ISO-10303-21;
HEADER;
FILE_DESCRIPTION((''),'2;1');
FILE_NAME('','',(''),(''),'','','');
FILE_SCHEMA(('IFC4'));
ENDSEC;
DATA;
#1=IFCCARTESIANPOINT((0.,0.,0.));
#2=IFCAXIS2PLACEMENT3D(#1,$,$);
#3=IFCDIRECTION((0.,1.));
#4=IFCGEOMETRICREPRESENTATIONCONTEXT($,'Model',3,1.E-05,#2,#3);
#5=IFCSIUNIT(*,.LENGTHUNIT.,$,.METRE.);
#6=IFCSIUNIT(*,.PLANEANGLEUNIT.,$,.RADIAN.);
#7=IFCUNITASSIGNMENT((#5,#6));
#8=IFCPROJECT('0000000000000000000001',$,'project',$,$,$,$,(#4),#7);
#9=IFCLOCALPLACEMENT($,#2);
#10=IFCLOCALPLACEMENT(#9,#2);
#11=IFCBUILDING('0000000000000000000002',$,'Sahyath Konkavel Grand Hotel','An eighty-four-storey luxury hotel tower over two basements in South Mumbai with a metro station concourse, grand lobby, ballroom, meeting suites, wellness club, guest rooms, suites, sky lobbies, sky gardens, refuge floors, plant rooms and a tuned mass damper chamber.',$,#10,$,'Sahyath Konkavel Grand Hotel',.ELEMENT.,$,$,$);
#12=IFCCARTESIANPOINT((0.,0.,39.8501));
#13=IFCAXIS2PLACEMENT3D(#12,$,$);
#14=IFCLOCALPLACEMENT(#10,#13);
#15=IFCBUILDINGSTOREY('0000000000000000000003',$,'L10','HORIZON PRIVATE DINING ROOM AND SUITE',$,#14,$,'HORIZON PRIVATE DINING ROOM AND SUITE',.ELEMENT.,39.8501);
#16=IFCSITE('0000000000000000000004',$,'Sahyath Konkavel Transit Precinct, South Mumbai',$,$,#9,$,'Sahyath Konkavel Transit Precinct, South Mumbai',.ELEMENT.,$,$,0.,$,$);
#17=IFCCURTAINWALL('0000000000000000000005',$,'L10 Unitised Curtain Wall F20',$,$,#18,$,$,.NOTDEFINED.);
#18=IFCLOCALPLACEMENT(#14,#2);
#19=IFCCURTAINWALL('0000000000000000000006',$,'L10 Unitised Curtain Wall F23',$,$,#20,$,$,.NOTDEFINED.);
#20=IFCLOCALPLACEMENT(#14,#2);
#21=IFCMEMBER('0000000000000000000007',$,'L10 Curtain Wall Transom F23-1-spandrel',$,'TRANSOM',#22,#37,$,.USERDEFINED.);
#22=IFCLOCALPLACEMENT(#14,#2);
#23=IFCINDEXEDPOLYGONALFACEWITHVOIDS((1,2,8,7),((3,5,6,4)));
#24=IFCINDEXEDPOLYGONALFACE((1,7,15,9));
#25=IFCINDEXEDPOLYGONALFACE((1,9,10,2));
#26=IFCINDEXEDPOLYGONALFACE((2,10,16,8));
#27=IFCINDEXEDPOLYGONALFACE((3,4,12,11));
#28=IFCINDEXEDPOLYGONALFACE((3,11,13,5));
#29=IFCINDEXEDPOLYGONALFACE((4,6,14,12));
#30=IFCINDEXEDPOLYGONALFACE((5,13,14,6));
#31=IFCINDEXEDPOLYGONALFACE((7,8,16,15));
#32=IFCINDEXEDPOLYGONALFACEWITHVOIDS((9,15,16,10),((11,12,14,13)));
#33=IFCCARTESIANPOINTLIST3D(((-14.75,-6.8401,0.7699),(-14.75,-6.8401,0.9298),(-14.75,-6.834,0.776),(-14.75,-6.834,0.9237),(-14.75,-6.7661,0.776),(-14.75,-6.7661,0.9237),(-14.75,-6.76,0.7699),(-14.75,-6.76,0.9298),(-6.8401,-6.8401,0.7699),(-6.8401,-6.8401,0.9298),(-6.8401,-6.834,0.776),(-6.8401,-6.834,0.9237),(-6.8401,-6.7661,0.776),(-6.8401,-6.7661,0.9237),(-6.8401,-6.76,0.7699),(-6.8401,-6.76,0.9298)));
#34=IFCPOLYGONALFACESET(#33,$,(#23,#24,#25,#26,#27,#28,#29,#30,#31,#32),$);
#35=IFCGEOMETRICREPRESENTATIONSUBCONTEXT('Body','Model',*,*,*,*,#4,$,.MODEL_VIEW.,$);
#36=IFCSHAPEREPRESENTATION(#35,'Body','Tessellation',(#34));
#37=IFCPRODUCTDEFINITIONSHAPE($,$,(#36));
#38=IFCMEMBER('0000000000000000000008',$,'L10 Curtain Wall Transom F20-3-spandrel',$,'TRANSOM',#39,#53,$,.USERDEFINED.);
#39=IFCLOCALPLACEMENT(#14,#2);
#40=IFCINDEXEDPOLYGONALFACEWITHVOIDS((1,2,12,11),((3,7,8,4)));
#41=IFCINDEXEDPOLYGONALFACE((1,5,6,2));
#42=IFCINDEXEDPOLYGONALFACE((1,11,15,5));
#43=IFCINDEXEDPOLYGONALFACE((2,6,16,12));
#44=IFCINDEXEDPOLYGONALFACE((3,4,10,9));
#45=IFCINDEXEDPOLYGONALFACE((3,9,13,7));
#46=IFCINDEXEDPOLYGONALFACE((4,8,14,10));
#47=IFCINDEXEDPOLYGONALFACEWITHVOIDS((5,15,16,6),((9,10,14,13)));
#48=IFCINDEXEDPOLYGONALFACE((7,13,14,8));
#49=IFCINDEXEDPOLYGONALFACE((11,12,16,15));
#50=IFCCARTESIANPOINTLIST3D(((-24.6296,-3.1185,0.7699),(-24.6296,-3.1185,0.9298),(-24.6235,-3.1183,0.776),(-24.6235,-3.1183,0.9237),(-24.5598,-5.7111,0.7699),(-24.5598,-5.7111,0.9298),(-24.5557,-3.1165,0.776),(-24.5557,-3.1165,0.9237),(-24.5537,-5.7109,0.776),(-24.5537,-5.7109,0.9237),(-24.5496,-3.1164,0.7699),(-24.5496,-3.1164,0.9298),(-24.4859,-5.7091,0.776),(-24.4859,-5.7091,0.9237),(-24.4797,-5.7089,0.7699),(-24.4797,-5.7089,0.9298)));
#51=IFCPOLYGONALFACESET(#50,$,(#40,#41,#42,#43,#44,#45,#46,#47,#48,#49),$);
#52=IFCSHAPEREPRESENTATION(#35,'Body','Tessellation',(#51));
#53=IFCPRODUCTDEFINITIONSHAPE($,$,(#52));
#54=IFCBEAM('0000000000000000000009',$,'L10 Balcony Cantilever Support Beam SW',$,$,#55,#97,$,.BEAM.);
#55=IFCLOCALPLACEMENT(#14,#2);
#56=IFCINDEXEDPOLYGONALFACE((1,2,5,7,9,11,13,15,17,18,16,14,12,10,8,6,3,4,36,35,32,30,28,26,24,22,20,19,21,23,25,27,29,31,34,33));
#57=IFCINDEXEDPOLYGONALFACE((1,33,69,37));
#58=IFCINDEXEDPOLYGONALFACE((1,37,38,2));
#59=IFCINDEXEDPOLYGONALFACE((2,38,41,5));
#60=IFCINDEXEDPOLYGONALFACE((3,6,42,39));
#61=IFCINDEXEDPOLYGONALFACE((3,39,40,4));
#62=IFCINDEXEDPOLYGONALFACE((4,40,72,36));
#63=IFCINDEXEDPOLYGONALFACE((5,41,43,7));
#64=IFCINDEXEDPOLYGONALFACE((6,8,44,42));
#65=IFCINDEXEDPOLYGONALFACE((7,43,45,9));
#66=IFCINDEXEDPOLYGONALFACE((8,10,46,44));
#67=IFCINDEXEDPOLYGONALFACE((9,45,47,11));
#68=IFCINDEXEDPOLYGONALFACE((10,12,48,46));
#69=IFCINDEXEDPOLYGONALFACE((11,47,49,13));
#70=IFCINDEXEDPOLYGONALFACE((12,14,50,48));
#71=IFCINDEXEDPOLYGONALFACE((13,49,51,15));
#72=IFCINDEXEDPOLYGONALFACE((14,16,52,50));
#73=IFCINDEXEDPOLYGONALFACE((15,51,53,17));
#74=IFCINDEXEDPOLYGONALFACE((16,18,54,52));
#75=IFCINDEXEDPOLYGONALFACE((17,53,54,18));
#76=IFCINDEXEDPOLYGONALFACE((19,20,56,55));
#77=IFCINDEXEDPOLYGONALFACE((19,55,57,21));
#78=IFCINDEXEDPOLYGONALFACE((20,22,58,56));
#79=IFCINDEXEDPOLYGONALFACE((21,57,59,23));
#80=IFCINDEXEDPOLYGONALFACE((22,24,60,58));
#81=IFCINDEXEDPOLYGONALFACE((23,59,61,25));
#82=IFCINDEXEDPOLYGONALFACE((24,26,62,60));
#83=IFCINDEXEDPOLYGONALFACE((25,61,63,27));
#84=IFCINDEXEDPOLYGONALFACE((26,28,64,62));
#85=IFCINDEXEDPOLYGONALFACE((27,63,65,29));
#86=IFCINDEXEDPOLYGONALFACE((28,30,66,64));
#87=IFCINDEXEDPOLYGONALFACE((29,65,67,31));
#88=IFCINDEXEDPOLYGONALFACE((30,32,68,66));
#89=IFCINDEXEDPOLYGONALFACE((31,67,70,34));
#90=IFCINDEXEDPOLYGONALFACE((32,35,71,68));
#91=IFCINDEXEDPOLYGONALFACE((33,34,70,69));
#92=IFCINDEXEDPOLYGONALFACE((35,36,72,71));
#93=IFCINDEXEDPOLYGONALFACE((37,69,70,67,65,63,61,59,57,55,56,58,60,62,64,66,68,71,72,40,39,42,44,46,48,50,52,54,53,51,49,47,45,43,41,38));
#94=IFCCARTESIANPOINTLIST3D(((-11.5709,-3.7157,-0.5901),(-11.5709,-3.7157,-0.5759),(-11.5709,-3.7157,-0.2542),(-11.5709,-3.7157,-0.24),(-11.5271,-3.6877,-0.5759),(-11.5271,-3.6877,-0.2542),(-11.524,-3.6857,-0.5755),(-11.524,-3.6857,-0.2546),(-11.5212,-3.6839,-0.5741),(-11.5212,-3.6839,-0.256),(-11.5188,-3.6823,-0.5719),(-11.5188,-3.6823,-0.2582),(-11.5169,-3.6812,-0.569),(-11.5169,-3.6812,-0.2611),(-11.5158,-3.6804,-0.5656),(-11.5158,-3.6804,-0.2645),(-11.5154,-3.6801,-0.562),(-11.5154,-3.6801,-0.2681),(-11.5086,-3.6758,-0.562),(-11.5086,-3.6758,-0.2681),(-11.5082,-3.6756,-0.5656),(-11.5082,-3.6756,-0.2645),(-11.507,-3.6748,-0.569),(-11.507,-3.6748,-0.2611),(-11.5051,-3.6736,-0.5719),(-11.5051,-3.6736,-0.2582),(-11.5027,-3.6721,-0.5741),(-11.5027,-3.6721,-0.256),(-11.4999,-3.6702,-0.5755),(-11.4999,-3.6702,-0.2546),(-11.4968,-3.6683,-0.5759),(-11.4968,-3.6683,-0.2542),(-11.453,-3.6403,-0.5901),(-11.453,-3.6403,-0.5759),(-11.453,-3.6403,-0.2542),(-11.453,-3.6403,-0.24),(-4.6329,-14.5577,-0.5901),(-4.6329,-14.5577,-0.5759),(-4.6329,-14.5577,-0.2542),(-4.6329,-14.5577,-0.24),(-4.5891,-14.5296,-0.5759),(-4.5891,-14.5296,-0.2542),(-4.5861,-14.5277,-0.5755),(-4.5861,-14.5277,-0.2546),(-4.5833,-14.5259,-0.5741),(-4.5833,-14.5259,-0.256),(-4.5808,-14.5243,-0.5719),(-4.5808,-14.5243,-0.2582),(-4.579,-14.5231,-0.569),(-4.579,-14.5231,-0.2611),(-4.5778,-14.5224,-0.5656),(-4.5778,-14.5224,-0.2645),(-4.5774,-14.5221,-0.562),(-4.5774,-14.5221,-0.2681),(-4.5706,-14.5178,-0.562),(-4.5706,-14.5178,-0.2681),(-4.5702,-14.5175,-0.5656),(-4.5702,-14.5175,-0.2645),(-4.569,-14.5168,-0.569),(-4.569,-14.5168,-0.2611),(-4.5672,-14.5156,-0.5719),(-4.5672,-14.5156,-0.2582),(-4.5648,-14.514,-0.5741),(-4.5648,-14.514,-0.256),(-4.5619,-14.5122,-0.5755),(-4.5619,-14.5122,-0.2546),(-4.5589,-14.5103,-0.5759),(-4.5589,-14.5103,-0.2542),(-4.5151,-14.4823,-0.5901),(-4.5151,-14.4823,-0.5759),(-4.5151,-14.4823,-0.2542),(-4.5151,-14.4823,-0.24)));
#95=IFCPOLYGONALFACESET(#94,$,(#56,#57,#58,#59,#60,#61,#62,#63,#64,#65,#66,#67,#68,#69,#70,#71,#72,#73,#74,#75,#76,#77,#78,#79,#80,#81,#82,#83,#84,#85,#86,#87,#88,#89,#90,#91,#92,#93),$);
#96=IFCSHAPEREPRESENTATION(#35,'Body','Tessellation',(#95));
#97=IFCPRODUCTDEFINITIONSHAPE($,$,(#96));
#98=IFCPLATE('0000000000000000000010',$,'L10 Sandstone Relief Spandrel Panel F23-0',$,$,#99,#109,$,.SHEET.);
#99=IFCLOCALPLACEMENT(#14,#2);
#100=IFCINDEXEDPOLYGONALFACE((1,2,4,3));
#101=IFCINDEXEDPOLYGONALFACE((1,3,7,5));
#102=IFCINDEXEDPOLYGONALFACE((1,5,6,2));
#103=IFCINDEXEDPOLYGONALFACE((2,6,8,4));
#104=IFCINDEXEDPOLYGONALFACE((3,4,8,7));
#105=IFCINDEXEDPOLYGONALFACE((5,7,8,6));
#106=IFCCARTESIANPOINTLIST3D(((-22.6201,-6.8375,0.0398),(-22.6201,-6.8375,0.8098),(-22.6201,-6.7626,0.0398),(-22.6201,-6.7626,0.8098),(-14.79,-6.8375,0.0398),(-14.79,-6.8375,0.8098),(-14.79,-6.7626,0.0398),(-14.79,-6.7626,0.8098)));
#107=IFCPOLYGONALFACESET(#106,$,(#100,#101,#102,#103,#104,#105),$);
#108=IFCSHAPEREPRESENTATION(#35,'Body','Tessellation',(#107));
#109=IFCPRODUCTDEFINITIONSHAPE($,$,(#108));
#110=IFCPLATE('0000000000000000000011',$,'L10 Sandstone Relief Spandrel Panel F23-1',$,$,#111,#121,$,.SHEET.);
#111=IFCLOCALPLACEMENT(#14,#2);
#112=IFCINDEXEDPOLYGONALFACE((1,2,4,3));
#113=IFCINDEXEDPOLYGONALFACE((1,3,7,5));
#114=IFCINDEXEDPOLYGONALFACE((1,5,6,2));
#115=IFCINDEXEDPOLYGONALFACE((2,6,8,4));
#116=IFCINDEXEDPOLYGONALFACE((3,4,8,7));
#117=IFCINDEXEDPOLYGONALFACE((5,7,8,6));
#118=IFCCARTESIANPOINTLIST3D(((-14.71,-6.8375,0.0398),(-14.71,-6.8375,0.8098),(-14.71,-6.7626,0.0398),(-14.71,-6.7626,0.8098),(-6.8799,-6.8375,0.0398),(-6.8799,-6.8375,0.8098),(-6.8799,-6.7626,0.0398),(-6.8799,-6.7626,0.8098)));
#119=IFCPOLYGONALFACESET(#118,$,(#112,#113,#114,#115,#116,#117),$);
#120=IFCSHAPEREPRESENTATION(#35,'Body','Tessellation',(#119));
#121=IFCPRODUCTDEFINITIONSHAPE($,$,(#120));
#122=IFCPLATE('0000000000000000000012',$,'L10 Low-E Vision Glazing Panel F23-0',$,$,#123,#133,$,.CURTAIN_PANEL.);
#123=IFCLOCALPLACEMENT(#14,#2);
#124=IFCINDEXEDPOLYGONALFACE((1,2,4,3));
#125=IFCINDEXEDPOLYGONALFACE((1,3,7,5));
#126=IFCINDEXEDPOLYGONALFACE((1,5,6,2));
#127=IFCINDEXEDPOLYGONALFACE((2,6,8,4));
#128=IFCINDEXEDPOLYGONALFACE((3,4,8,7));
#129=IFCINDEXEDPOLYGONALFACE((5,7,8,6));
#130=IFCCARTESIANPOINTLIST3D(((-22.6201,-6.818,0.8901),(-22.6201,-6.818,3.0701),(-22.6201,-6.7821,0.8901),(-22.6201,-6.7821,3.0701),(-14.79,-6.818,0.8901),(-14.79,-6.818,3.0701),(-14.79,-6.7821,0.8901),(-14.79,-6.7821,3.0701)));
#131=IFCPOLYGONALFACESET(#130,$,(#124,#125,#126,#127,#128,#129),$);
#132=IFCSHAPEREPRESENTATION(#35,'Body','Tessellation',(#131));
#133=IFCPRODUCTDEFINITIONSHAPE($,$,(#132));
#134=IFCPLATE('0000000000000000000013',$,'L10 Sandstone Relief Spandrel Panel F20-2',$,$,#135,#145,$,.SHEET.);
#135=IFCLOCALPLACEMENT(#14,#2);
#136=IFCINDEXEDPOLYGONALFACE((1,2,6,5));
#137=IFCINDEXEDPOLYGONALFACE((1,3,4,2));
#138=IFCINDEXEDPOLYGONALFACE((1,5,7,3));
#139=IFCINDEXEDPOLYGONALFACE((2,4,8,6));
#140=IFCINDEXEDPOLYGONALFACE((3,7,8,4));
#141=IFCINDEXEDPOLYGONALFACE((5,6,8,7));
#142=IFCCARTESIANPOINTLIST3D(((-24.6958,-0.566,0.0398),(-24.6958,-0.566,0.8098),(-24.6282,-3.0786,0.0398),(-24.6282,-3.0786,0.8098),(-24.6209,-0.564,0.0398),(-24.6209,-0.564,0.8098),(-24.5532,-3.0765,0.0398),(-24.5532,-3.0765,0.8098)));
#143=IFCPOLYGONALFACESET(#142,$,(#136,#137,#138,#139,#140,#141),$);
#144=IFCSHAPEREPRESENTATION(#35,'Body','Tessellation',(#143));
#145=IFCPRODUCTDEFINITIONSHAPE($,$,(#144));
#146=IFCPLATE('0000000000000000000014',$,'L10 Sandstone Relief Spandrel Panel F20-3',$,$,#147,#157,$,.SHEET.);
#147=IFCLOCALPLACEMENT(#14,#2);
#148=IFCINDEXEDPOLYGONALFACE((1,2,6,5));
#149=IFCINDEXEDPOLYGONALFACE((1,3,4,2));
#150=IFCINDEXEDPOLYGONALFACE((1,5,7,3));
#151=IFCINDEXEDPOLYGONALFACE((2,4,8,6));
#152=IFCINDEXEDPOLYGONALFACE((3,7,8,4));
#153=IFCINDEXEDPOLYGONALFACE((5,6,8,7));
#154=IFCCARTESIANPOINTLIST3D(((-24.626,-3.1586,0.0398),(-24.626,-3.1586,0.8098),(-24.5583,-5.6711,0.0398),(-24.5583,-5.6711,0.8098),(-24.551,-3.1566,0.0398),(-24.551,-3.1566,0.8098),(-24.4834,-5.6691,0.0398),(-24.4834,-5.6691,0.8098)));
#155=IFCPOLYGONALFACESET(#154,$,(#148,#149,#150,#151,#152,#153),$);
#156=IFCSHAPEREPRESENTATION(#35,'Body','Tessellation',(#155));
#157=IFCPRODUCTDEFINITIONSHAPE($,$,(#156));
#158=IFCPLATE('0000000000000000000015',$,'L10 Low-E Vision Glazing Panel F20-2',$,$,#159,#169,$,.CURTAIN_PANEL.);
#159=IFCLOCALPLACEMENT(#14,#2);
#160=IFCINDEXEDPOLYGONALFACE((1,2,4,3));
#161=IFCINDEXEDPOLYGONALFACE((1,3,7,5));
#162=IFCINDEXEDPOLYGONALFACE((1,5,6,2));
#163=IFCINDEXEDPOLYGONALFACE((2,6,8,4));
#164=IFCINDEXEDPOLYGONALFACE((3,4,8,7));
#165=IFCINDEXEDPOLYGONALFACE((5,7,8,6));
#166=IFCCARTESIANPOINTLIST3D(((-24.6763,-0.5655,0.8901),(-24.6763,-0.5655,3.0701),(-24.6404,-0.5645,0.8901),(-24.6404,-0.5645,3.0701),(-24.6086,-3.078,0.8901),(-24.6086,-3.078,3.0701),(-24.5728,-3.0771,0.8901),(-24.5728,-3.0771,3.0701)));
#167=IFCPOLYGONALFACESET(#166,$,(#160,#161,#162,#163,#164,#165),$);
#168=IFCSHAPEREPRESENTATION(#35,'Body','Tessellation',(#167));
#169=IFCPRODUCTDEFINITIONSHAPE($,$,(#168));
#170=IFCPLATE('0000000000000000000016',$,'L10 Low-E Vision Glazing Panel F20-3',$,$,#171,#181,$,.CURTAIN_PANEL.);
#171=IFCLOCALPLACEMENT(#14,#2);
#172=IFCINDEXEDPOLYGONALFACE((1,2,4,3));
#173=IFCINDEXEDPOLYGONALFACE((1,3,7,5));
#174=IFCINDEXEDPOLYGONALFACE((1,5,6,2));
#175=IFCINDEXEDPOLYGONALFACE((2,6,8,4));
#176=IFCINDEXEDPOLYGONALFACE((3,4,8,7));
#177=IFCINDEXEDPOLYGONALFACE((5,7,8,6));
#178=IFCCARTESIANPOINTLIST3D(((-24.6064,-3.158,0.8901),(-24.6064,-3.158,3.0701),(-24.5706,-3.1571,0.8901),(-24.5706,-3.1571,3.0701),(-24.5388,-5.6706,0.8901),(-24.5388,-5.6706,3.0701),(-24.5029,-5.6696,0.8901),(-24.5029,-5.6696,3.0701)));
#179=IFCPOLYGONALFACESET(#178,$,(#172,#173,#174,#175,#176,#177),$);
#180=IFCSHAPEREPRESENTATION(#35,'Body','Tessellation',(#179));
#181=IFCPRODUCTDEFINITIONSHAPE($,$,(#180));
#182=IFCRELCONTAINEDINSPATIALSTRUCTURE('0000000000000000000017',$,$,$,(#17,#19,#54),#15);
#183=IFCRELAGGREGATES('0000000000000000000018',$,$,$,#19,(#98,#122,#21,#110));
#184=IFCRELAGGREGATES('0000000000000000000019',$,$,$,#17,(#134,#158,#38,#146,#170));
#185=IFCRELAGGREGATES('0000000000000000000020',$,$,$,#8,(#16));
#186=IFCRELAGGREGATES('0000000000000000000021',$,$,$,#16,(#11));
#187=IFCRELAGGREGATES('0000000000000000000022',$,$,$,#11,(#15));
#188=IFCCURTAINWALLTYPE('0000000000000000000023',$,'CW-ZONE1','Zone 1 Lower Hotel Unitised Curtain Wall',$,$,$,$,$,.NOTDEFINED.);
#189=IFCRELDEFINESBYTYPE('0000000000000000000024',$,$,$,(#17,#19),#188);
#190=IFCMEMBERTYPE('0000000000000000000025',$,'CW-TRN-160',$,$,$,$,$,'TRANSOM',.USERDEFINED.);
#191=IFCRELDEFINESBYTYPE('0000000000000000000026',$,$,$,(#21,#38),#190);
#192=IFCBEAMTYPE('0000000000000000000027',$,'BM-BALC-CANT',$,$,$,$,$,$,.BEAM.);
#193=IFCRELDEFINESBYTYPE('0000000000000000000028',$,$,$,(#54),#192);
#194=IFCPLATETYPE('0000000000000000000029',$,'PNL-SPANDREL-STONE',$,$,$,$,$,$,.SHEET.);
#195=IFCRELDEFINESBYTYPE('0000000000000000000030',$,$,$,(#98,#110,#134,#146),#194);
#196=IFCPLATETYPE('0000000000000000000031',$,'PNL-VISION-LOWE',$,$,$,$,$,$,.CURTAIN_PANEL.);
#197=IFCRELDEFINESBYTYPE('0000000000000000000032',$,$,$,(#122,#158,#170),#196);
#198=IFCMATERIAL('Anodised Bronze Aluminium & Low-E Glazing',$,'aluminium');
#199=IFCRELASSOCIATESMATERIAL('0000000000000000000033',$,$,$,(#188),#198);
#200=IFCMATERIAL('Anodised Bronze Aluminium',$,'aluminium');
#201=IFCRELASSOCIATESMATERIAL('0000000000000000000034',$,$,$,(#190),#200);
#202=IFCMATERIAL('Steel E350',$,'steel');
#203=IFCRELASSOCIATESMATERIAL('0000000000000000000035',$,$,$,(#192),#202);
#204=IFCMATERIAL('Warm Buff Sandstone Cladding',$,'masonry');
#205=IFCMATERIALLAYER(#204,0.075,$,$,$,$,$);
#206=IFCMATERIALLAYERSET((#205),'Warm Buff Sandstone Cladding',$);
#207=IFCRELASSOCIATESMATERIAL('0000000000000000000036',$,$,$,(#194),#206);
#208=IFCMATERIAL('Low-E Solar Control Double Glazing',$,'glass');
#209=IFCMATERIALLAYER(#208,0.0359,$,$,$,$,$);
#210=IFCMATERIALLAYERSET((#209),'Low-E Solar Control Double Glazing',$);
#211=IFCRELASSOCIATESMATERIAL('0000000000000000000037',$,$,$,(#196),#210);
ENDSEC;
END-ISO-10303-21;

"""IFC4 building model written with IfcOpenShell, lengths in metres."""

from ifc_helpers import new_model, si_unit, direction, frame, origin, origin_2d, place, context, subcontext, project, spatial, rectangle, hollow_rectangle, i_section, extrude, source, transform, mapped, material, layer, layer_set, material_profile, profile_set, type_object, element, aggregate, save


model = new_model("IFC4")

# Units and contexts
model_context = context("Model", 3, precision=1e-05, world=origin(), true_north=direction((0.0, 1.0)))
body_context = subcontext(model_context, "Body", "Model", "MODEL_VIEW")
ifc_project = project(units=[si_unit("LENGTHUNIT", "METRE"), si_unit("PLANEANGLEUNIT", "RADIAN")], contexts=[model_context])

# Site, building, storey
site_placement = place(None, origin())
site = spatial("IfcSite", under=ifc_project, at=site_placement, Name="Sahyath Konkavel Transit Precinct, South Mumbai", LongName="Sahyath Konkavel Transit Precinct, South Mumbai", CompositionType="ELEMENT", RefElevation=0.0)
building_placement = place(site_placement, origin())
building = spatial("IfcBuilding", under=site, at=building_placement, Name="Sahyath Konkavel Grand Hotel", Description="An eighty-four-storey luxury hotel tower over two basements in South Mumbai with a metro station concourse, grand lobby, ballroom, meeting suites, wellness club, guest rooms, suites, sky lobbies, sky gardens, refuge floors, plant rooms and a tuned mass damper chamber.", LongName="Sahyath Konkavel Grand Hotel", CompositionType="ELEMENT")
storey_placement = place(building_placement, frame((0.0, 0.0, 39.8501)))
storey = spatial("IfcBuildingStorey", under=building, at=storey_placement, Name="L10", Description="HORIZON PRIVATE DINING ROOM AND SUITE", LongName="HORIZON PRIVATE DINING ROOM AND SUITE", CompositionType="ELEMENT", Elevation=39.8501)

# Shared definitions
ifc_material_1 = material(Name="Steel E350", Category="steel")

# Curtain walls
ifc_material_2 = material(Name="Anodised Bronze Aluminium & Low-E Glazing", Category="aluminium")
curtain_wall_type = type_object("IfcCurtainWallType", Name="CW-ZONE1", Description="Zone 1 Lower Hotel Unitised Curtain Wall", PredefinedType="NOTDEFINED", material=ifc_material_2)
curtain_wall_1_placement = place(storey_placement, origin())
curtain_wall_1 = element("IfcCurtainWall", 1, at=curtain_wall_1_placement, inside=storey, type_object=curtain_wall_type, Name="L10 Unitised Curtain Wall F20", PredefinedType="NOTDEFINED")
ifc_material_3 = material(Name="Anodised Bronze Aluminium", Category="aluminium")
curtain_wall_2_placement = place(storey_placement, origin())
curtain_wall_2 = element("IfcCurtainWall", 2, at=curtain_wall_2_placement, inside=storey, type_object=curtain_wall_type, Name="L10 Unitised Curtain Wall F23", PredefinedType="NOTDEFINED")

# Members
ifc_material_profile_1 = material_profile(ifc_material_3, hollow_rectangle(XDim=0.0801, YDim=0.1599, WallThickness=0.0061, at=origin_2d()), Name="RHS 160x80x6")
ifc_profile_set_1 = profile_set([ifc_material_profile_1], Name="Anodised Bronze Aluminium")
member_type_1 = type_object("IfcMemberType", Name="CW-TRN-160", ElementType="TRANSOM", PredefinedType="USERDEFINED", material=ifc_profile_set_1)
shared_shape_1 = source(origin(), body_context, "Body", "SweptSolid", [
    extrude(hollow_rectangle(XDim=0.0801, YDim=0.1599, WallThickness=0.0061, at=origin_2d()), origin(), (0.0, 0.0, 1.0), 7.9099),
])
member_1_placement = place(storey_placement, frame((-14.75, -6.8, 0.8499), z_axis=(1.0, 0.0, 0.0), x_axis=(0.0, 1.0, 0.0)))
member_1 = element("IfcMember", 3, at=member_1_placement, type_object=member_type_1, Name="L10 Curtain Wall Transom F23-1-spandrel", ObjectType="TRANSOM", PredefinedType="USERDEFINED", context=body_context, shape_type="MappedRepresentation", body=[
    mapped(shared_shape_1, transform((0.0, 0.0, 0.0), scale=1.0)),
])
shared_shape_2 = source(origin(), body_context, "Body", "SweptSolid", [
    extrude(hollow_rectangle(XDim=0.0801, YDim=0.1599, WallThickness=0.0061, at=origin_2d()), origin(), (0.0, 0.0, 1.0), 2.5935),
])
member_2_placement = place(storey_placement, frame((-24.5896, -3.1174, 0.8499), z_axis=(0.026923, -0.999638, 0.0), x_axis=(0.999638, 0.026923, 0.0)))
member_2 = element("IfcMember", 4, at=member_2_placement, type_object=member_type_1, Name="L10 Curtain Wall Transom F20-3-spandrel", ObjectType="TRANSOM", PredefinedType="USERDEFINED", context=body_context, shape_type="MappedRepresentation", body=[
    mapped(shared_shape_2, transform((0.0, 0.0, 0.0), scale=1.0)),
])

# Beam
ifc_material_profile_2 = material_profile(ifc_material_1, i_section(OverallWidth=0.1399, OverallDepth=0.3501, WebThickness=0.0081, FlangeThickness=0.0142, FilletRadius=0.0139, at=origin_2d()), Name="ISMB 350")
ifc_profile_set_2 = profile_set([ifc_material_profile_2], Name="Steel E350")
beam_type_1 = type_object("IfcBeamType", Name="BM-BALC-CANT", PredefinedType="BEAM", material=ifc_profile_set_2)
shared_shape_3 = source(origin(), body_context, "Body", "SweptSolid", [
    extrude(i_section(OverallWidth=0.1399, OverallDepth=0.3501, WebThickness=0.0081, FlangeThickness=0.0142, FilletRadius=0.0139, at=origin_2d()), origin(), (0.0, 0.0, 1.0), 12.8718),
])
beam_1_placement = place(storey_placement, frame((-11.512, -3.678, -0.415), z_axis=(0.539003, -0.842304, 0.0), x_axis=(0.842304, 0.539003, 0.0)))
element("IfcBeam", 5, at=beam_1_placement, inside=storey, type_object=beam_type_1, Name="L10 Balcony Cantilever Support Beam SW", PredefinedType="BEAM", context=body_context, shape_type="MappedRepresentation", body=[
    mapped(shared_shape_3, transform((0.0, 0.0, 0.0), scale=1.0)),
])

# Plates
ifc_material_4 = material(Name="Warm Buff Sandstone Cladding", Category="masonry")
ifc_layer_1 = layer(ifc_material_4, 0.075)
ifc_layer_set_1 = layer_set([ifc_layer_1], Name="Warm Buff Sandstone Cladding")
plate_type_1 = type_object("IfcPlateType", Name="PNL-SPANDREL-STONE", PredefinedType="SHEET", material=ifc_layer_set_1)
shared_shape_4 = source(origin(), body_context, "Body", "SweptSolid", [
    extrude(rectangle(XDim=7.8301, YDim=0.075, at=origin_2d()), origin(), (0.0, 0.0, 1.0), 0.77),
])
plate_1_placement = place(storey_placement, frame((-18.7051, -6.8, 0.0398), z_axis=(0.0, 0.0, 1.0), x_axis=(1.0, 0.0, 0.0)))
plate_1 = element("IfcPlate", 6, at=plate_1_placement, type_object=plate_type_1, Name="L10 Sandstone Relief Spandrel Panel F23-0", PredefinedType="SHEET", context=body_context, shape_type="MappedRepresentation", body=[
    mapped(shared_shape_4, transform((0.0, 0.0, 0.0), scale=1.0)),
])
plate_2_placement = place(storey_placement, frame((-10.7949, -6.8, 0.0398), z_axis=(0.0, 0.0, 1.0), x_axis=(1.0, 0.0, 0.0)))
plate_2 = element("IfcPlate", 7, at=plate_2_placement, type_object=plate_type_1, Name="L10 Sandstone Relief Spandrel Panel F23-1", PredefinedType="SHEET", context=body_context, shape_type="MappedRepresentation", body=[
    mapped(shared_shape_4, transform((0.0, 0.0, 0.0), scale=1.0)),
])
ifc_material_5 = material(Name="Low-E Solar Control Double Glazing", Category="glass")
ifc_layer_2 = layer(ifc_material_5, 0.0359)
ifc_layer_set_2 = layer_set([ifc_layer_2], Name="Low-E Solar Control Double Glazing")
plate_type_2 = type_object("IfcPlateType", Name="PNL-VISION-LOWE", PredefinedType="CURTAIN_PANEL", material=ifc_layer_set_2)
shared_shape_5 = source(origin(), body_context, "Body", "SweptSolid", [
    extrude(rectangle(XDim=7.8301, YDim=0.0359, at=origin_2d()), origin(), (0.0, 0.0, 1.0), 2.1799),
])
plate_3_placement = place(storey_placement, frame((-18.7051, -6.8, 0.8901), z_axis=(0.0, 0.0, 1.0), x_axis=(1.0, 0.0, 0.0)))
plate_3 = element("IfcPlate", 8, at=plate_3_placement, type_object=plate_type_2, Name="L10 Low-E Vision Glazing Panel F23-0", PredefinedType="CURTAIN_PANEL", context=body_context, shape_type="MappedRepresentation", body=[
    mapped(shared_shape_5, transform((0.0, 0.0, 0.0), scale=1.0)),
])
aggregate(curtain_wall_2, [plate_1, plate_3, member_1, plate_2])
shared_shape_6 = source(origin(), body_context, "Body", "SweptSolid", [
    extrude(rectangle(XDim=2.5134, YDim=0.075, at=origin_2d()), origin(), (0.0, 0.0, 1.0), 0.77),
])
plate_4_placement = place(storey_placement, frame((-24.6245, -1.8213, 0.0398), z_axis=(0.0, 0.0, 1.0), x_axis=(0.02691, -0.999638, 0.0)))
plate_4 = element("IfcPlate", 9, at=plate_4_placement, type_object=plate_type_1, Name="L10 Sandstone Relief Spandrel Panel F20-2", PredefinedType="SHEET", context=body_context, shape_type="MappedRepresentation", body=[
    mapped(shared_shape_6, transform((0.0, 0.0, 0.0), scale=1.0)),
])
plate_5_placement = place(storey_placement, frame((-24.5547, -4.4138, 0.0398), z_axis=(0.0, 0.0, 1.0), x_axis=(0.02691, -0.999638, 0.0)))
plate_5 = element("IfcPlate", 10, at=plate_5_placement, type_object=plate_type_1, Name="L10 Sandstone Relief Spandrel Panel F20-3", PredefinedType="SHEET", context=body_context, shape_type="MappedRepresentation", body=[
    mapped(shared_shape_6, transform((0.0, 0.0, 0.0), scale=1.0)),
])
shared_shape_7 = source(origin(), body_context, "Body", "SweptSolid", [
    extrude(rectangle(XDim=2.5134, YDim=0.0359, at=origin_2d()), origin(), (0.0, 0.0, 1.0), 2.1799),
])
plate_6_placement = place(storey_placement, frame((-24.6245, -1.8213, 0.8901), z_axis=(0.0, 0.0, 1.0), x_axis=(0.02691, -0.999638, 0.0)))
plate_6 = element("IfcPlate", 11, at=plate_6_placement, type_object=plate_type_2, Name="L10 Low-E Vision Glazing Panel F20-2", PredefinedType="CURTAIN_PANEL", context=body_context, shape_type="MappedRepresentation", body=[
    mapped(shared_shape_7, transform((0.0, 0.0, 0.0), scale=1.0)),
])
plate_7_placement = place(storey_placement, frame((-24.5547, -4.4138, 0.8901), z_axis=(0.0, 0.0, 1.0), x_axis=(0.02691, -0.999638, 0.0)))
plate_7 = element("IfcPlate", 12, at=plate_7_placement, type_object=plate_type_2, Name="L10 Low-E Vision Glazing Panel F20-3", PredefinedType="CURTAIN_PANEL", context=body_context, shape_type="MappedRepresentation", body=[
    mapped(shared_shape_7, transform((0.0, 0.0, 0.0), scale=1.0)),
])
aggregate(curtain_wall_1, [plate_4, plate_6, member_2, plate_5, plate_7])

save(model, "model.ifc")
